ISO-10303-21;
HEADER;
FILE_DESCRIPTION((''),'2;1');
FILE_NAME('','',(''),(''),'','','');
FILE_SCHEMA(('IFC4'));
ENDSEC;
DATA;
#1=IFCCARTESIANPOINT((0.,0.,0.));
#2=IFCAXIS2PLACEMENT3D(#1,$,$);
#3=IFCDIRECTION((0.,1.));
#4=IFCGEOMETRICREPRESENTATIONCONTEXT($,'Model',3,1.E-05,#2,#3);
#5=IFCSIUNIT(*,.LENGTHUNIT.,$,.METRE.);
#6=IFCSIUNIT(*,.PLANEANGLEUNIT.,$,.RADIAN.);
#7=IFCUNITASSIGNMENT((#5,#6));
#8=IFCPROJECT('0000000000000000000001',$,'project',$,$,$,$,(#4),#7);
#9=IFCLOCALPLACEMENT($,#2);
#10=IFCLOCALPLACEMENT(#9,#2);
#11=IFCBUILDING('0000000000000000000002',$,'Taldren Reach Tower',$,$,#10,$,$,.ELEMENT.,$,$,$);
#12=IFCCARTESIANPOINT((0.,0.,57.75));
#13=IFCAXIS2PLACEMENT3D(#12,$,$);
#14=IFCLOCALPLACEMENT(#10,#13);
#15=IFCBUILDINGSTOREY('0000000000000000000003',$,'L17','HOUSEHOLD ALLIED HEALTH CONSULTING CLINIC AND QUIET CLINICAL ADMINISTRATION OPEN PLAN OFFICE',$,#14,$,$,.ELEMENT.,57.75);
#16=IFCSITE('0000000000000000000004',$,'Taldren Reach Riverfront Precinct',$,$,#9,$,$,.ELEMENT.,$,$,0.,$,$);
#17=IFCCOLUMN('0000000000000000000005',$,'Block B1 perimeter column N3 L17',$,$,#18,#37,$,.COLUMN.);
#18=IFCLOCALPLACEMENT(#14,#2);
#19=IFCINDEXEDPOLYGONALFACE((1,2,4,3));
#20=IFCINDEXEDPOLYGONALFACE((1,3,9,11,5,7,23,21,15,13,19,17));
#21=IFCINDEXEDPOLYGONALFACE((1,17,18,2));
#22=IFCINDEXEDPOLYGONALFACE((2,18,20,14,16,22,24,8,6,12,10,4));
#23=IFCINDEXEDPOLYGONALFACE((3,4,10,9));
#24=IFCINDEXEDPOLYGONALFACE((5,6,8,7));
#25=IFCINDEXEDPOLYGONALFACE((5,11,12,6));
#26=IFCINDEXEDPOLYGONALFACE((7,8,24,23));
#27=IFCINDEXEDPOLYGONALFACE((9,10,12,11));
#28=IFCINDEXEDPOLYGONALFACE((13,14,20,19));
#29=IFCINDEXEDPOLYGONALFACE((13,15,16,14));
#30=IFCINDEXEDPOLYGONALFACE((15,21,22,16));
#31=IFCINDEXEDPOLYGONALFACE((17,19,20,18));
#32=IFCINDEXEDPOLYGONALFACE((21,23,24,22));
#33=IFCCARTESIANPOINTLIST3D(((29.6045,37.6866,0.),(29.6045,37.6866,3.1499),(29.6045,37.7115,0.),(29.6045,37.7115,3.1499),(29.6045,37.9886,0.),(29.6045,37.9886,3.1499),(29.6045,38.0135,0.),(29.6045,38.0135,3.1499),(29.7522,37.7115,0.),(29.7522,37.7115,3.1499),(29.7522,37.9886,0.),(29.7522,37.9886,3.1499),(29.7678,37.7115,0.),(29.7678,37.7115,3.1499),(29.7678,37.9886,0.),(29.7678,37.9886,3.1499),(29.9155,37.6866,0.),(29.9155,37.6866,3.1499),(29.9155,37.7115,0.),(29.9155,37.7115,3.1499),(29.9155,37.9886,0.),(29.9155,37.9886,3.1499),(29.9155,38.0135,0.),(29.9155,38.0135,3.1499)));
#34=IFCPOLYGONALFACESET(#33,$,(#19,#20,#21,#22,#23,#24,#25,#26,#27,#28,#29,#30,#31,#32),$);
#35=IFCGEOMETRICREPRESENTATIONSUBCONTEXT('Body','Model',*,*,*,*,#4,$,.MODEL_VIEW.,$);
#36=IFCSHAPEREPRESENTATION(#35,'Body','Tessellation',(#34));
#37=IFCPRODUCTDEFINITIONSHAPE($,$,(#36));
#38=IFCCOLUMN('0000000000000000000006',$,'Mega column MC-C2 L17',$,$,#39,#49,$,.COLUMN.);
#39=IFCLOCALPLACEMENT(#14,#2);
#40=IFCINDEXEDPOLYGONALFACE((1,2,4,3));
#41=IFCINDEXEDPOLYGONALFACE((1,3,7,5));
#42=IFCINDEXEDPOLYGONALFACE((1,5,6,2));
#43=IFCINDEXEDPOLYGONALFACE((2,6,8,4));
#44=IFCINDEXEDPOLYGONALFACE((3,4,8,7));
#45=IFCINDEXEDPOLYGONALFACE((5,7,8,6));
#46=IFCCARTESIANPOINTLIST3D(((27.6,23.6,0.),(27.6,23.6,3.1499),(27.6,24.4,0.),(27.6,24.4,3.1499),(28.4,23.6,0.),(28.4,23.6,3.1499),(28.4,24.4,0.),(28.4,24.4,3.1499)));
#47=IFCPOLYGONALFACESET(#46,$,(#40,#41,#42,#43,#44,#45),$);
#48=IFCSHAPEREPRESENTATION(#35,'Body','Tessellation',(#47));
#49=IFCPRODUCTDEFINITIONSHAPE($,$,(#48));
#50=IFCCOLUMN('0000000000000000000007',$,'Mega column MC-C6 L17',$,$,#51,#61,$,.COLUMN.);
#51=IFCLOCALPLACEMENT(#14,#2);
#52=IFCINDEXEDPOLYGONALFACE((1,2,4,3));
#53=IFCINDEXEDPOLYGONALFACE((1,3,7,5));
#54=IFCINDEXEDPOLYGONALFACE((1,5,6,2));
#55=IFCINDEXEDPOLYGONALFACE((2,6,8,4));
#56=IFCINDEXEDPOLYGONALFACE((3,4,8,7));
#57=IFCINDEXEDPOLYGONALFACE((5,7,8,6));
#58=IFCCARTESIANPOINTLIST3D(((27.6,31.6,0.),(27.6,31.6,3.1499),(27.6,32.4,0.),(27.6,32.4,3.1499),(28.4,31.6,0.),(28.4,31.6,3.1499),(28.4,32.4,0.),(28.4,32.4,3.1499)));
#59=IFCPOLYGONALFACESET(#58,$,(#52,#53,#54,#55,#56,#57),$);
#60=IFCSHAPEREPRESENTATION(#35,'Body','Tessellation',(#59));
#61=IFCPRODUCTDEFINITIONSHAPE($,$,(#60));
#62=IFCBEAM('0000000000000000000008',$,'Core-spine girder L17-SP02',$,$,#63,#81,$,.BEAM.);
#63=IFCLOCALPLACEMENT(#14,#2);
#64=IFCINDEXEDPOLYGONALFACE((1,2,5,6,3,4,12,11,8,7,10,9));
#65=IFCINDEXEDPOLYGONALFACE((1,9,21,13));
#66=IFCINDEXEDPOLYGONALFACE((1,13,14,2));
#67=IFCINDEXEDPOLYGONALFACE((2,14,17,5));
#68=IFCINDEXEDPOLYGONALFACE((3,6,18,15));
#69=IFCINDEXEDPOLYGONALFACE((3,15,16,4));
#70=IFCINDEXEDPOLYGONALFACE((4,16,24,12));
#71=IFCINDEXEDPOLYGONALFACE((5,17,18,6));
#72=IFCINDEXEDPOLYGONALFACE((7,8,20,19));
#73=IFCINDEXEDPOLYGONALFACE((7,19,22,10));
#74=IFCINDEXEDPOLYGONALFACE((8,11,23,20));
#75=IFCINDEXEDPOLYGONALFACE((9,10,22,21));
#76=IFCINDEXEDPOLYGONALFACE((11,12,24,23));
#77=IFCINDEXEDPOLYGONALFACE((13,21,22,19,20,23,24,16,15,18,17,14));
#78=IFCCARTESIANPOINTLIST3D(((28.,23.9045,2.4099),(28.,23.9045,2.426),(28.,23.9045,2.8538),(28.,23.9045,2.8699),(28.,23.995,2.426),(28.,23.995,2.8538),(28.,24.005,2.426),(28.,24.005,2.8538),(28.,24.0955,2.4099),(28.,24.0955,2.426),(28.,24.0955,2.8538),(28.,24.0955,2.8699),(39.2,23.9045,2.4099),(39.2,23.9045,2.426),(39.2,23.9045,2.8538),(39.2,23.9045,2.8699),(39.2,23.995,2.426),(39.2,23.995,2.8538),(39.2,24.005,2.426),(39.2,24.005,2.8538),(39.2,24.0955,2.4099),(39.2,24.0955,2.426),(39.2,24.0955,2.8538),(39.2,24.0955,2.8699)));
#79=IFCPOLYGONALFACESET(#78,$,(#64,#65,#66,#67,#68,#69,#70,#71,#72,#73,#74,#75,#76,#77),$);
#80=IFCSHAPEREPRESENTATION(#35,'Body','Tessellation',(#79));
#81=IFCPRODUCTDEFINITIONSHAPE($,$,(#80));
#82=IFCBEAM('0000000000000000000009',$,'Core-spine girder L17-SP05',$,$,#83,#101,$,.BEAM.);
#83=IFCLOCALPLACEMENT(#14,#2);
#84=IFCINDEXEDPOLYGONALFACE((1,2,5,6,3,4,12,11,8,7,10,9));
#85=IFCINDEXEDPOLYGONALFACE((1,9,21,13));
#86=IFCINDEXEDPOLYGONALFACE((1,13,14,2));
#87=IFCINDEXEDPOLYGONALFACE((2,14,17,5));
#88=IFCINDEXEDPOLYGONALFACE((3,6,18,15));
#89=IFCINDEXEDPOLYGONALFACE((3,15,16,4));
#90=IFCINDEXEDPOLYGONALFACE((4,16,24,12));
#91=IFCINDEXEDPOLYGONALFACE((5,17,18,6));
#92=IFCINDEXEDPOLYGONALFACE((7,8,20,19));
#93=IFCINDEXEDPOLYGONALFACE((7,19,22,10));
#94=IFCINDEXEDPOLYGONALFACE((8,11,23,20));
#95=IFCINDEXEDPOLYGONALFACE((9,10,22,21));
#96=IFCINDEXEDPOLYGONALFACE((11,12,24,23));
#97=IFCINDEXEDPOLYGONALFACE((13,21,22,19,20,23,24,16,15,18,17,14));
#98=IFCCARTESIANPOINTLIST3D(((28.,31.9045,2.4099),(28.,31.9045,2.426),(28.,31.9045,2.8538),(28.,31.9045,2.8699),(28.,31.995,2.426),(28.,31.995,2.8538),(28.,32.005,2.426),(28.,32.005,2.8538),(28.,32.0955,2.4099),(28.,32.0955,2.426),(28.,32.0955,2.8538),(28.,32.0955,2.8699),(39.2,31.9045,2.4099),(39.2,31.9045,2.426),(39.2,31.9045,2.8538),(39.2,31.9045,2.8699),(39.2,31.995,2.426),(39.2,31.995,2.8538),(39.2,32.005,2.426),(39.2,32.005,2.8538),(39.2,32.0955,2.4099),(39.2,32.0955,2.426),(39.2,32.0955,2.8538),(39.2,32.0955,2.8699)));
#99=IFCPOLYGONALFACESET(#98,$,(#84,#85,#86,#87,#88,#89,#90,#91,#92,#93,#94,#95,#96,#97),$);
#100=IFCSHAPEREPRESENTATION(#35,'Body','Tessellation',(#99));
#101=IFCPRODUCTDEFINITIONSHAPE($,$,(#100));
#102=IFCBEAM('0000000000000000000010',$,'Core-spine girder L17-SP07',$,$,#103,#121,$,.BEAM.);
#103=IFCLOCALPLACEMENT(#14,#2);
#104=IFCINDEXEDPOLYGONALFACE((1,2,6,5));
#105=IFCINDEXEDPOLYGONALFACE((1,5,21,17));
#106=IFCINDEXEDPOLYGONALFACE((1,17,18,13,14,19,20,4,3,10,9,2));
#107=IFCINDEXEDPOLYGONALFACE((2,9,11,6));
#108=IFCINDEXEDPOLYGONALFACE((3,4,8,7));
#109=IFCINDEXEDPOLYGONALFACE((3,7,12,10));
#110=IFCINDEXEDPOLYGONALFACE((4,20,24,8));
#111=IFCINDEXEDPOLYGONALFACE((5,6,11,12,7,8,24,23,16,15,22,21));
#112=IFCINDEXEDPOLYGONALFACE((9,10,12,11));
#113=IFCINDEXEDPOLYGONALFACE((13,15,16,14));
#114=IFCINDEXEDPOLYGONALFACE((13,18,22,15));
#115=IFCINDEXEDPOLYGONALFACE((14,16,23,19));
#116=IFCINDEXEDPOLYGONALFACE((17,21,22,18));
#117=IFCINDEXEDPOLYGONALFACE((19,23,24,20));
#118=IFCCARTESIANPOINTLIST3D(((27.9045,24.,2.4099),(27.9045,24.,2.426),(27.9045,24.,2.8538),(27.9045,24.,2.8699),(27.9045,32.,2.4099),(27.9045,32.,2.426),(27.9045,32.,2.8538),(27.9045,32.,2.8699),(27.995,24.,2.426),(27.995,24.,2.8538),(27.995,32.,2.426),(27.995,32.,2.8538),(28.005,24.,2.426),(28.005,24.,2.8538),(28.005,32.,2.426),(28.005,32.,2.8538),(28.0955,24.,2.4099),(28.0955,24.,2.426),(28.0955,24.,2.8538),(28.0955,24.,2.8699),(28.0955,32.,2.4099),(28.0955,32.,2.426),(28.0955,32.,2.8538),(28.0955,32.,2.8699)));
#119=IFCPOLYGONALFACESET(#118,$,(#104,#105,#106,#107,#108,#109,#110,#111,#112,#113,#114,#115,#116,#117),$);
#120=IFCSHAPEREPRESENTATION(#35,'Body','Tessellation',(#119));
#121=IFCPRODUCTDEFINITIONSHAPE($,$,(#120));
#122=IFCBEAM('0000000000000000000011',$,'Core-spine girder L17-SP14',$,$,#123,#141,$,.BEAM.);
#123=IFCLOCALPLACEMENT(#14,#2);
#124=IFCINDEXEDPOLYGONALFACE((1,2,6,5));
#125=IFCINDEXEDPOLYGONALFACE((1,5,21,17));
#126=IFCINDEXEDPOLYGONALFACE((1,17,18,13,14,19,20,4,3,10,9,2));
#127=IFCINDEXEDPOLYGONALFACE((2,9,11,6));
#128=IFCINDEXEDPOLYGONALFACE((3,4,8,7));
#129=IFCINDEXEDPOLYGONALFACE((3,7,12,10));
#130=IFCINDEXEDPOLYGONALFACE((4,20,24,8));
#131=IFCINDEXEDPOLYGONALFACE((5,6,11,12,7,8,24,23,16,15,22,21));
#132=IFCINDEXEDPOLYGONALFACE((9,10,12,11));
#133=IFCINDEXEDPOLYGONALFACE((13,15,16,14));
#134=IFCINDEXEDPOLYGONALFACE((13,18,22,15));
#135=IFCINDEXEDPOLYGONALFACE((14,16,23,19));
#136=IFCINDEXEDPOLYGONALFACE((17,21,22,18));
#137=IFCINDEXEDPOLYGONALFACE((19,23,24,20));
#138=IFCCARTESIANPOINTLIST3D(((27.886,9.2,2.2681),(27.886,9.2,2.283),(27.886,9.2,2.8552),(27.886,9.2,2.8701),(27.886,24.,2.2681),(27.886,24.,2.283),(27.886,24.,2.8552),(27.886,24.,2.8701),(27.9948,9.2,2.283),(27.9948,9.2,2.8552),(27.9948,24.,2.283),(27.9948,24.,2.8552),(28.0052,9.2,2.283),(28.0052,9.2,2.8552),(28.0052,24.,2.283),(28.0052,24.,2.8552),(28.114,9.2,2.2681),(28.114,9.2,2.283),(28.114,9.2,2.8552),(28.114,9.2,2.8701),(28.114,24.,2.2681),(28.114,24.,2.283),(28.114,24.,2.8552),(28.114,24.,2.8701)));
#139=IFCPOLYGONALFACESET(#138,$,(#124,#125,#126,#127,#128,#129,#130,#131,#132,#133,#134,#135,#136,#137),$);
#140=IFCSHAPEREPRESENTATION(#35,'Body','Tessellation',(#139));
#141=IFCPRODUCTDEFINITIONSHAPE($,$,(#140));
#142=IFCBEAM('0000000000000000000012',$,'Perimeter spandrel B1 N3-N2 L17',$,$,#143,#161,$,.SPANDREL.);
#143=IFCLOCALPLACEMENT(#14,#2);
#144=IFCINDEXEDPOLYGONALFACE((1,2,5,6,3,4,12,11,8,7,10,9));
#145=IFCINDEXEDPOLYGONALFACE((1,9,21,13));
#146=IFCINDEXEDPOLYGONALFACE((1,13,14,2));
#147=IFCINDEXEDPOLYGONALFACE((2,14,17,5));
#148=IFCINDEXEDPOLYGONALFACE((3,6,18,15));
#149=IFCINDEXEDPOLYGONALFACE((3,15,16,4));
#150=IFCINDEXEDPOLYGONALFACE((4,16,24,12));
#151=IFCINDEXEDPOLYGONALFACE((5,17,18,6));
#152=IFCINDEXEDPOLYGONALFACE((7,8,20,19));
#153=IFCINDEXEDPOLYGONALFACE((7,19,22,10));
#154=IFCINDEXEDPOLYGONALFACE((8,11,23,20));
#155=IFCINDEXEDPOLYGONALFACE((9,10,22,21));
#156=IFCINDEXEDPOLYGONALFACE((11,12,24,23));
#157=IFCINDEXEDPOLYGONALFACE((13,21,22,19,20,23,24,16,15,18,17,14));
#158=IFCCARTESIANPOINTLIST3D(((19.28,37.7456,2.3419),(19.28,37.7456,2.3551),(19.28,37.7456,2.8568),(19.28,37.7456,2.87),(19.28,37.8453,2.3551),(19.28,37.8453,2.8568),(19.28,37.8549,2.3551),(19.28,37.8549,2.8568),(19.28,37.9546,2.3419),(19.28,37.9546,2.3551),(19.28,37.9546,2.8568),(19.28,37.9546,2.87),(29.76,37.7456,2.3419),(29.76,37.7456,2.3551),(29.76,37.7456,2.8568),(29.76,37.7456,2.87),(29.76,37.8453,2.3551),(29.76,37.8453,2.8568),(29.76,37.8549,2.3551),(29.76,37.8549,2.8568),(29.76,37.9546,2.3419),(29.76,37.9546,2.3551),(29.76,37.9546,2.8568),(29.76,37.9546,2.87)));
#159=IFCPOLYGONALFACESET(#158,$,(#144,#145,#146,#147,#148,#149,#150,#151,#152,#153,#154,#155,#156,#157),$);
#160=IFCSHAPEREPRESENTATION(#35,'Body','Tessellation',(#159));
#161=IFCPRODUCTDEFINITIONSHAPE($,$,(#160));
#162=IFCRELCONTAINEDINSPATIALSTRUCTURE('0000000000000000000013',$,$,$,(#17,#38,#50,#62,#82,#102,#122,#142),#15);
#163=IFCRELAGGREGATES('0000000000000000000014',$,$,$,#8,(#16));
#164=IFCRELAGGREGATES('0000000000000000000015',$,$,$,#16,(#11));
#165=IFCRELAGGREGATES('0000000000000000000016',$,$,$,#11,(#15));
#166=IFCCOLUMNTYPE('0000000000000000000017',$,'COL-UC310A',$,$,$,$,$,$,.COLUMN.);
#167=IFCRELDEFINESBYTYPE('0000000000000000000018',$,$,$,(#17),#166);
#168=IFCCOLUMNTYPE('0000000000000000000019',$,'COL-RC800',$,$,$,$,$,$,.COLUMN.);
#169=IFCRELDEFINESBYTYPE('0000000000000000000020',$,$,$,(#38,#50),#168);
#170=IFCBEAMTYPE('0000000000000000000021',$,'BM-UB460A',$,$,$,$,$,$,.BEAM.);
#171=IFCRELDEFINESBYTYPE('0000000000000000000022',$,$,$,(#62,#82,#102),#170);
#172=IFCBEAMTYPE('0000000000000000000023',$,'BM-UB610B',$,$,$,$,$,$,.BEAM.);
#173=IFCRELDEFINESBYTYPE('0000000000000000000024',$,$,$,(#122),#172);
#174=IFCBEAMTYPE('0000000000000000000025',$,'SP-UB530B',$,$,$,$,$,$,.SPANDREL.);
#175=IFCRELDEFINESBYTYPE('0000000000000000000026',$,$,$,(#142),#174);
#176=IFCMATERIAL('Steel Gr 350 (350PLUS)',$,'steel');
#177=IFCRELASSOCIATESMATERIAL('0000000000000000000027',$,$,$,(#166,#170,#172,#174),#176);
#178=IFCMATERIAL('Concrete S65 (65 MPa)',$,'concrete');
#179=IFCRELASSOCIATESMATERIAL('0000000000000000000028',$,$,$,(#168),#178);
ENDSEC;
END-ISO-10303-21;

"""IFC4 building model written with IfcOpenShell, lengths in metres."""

from ifc_helpers import new_model, si_unit, direction, frame, origin, origin_2d, place, context, subcontext, project, spatial, rectangle, i_section, extrude, source, transform, mapped, material, material_profile, profile_set, type_object, element, save


model = new_model("IFC4")

# Units and contexts
model_context = context("Model", 3, precision=1e-05, world=origin(), true_north=direction((0.0, 1.0)))
body_context = subcontext(model_context, "Body", "Model", "MODEL_VIEW")
ifc_project = project(units=[si_unit("LENGTHUNIT", "METRE"), si_unit("PLANEANGLEUNIT", "RADIAN")], contexts=[model_context])

# Site, building, storey
site_placement = place(None, origin())
site = spatial("IfcSite", under=ifc_project, at=site_placement, Name="Taldren Reach Riverfront Precinct", CompositionType="ELEMENT", RefElevation=0.0)
building_placement = place(site_placement, origin())
building = spatial("IfcBuilding", under=site, at=building_placement, Name="Taldren Reach Tower", CompositionType="ELEMENT")
storey_placement = place(building_placement, frame((0.0, 0.0, 57.75)))
storey = spatial("IfcBuildingStorey", under=building, at=storey_placement, Name="L17", Description="HOUSEHOLD ALLIED HEALTH CONSULTING CLINIC AND QUIET CLINICAL ADMINISTRATION OPEN PLAN OFFICE", CompositionType="ELEMENT", Elevation=57.75)

# Columns
ifc_material_1 = material(Name="Steel Gr 350 (350PLUS)", Category="steel")
ifc_material_profile_1 = material_profile(ifc_material_1, i_section(OverallWidth=0.311, OverallDepth=0.3269, WebThickness=0.0156, FlangeThickness=0.0249, at=origin_2d()), Name="310UC158")
ifc_profile_set_1 = profile_set([ifc_material_profile_1], Name="Steel Gr 350 (350PLUS)")
column_type_1 = type_object("IfcColumnType", Name="COL-UC310A", PredefinedType="COLUMN", material=ifc_profile_set_1)
shared_shape_1 = source(origin(), body_context, "Body", "SweptSolid", [
    extrude(i_section(OverallWidth=0.311, OverallDepth=0.3269, WebThickness=0.0156, FlangeThickness=0.0249, at=origin_2d()), origin(), (0.0, 0.0, 1.0), 3.1499),
])
column_placement = place(storey_placement, frame((29.76, 37.8501, 0.0), z_axis=(0.0, 0.0, 1.0), x_axis=(1.0, 0.0, 0.0)))
element("IfcColumn", 1, at=column_placement, inside=storey, type_object=column_type_1, Name="Block B1 perimeter column N3 L17", PredefinedType="COLUMN", context=body_context, shape_type="MappedRepresentation", body=[
    mapped(shared_shape_1, transform((0.0, 0.0, 0.0), scale=1.0)),
])
ifc_material_2 = material(Name="Concrete S65 (65 MPa)", Category="concrete")
ifc_material_profile_2 = material_profile(ifc_material_2, rectangle(XDim=0.8, YDim=0.8, at=origin_2d()), Name="RC-800x800")
ifc_profile_set_2 = profile_set([ifc_material_profile_2], Name="Concrete S65 (65 MPa)")
column_type_2 = type_object("IfcColumnType", Name="COL-RC800", PredefinedType="COLUMN", material=ifc_profile_set_2)
shared_shape_2 = source(origin(), body_context, "Body", "SweptSolid", [
    extrude(rectangle(XDim=0.8, YDim=0.8, at=origin_2d()), origin(), (0.0, 0.0, 1.0), 3.1499),
])
for number, where, z_axis, x_axis, name in (
    (2, (28.0, 24.0, 0.0), (0.0, 0.0, 1.0), (1.0, 0.0, 0.0), "Mega column MC-C2 L17"),
    (3, (28.0, 32.0, 0.0), (0.0, 0.0, 1.0), (1.0, 0.0, 0.0), "Mega column MC-C6 L17"),
):
    element("IfcColumn", number, at=place(storey_placement, frame(where, z_axis=z_axis, x_axis=x_axis)), inside=storey, type_object=column_type_2, Name=name, PredefinedType="COLUMN", context=body_context, shape_type="MappedRepresentation", body=[
        mapped(shared_shape_2, transform((0.0, 0.0, 0.0), scale=1.0)),
    ])

# Beams
ifc_material_profile_3 = material_profile(ifc_material_1, i_section(OverallWidth=0.1909, OverallDepth=0.46, WebThickness=0.01, FlangeThickness=0.0161, at=origin_2d()), Name="460UB82.1")
ifc_profile_set_3 = profile_set([ifc_material_profile_3], Name="Steel Gr 350 (350PLUS)")
beam_type_1 = type_object("IfcBeamType", Name="BM-UB460A", PredefinedType="BEAM", material=ifc_profile_set_3)
shared_shape_3 = source(origin(), body_context, "Body", "SweptSolid", [
    extrude(i_section(OverallWidth=0.1909, OverallDepth=0.46, WebThickness=0.01, FlangeThickness=0.0161, at=origin_2d()), origin(), (0.0, 0.0, 1.0), 11.2),
])
for number, where, z_axis, x_axis, name in (
    (4, (28.0, 24.0, 2.6399), (1.0, 0.0, 0.0), (0.0, 1.0, 0.0), "Core-spine girder L17-SP02"),
    (5, (28.0, 32.0, 2.6399), (1.0, 0.0, 0.0), (0.0, 1.0, 0.0), "Core-spine girder L17-SP05"),
):
    element("IfcBeam", number, at=place(storey_placement, frame(where, z_axis=z_axis, x_axis=x_axis)), inside=storey, type_object=beam_type_1, Name=name, PredefinedType="BEAM", context=body_context, shape_type="MappedRepresentation", body=[
        mapped(shared_shape_3, transform((0.0, 0.0, 0.0), scale=1.0)),
    ])
shared_shape_4 = source(origin(), body_context, "Body", "SweptSolid", [
    extrude(i_section(OverallWidth=0.1909, OverallDepth=0.46, WebThickness=0.01, FlangeThickness=0.0161, at=origin_2d()), origin(), (0.0, 0.0, 1.0), 8.0),
])
beam_1_placement = place(storey_placement, frame((28.0, 24.0, 2.6399), z_axis=(0.0, 1.0, 0.0), x_axis=(-1.0, 0.0, 0.0)))
element("IfcBeam", 6, at=beam_1_placement, inside=storey, type_object=beam_type_1, Name="Core-spine girder L17-SP07", PredefinedType="BEAM", context=body_context, shape_type="MappedRepresentation", body=[
    mapped(shared_shape_4, transform((0.0, 0.0, 0.0), scale=1.0)),
])
ifc_material_profile_4 = material_profile(ifc_material_1, i_section(OverallWidth=0.228, OverallDepth=0.6021, WebThickness=0.0105, FlangeThickness=0.0149, at=origin_2d()), Name="610UB101")
ifc_profile_set_4 = profile_set([ifc_material_profile_4], Name="Steel Gr 350 (350PLUS)")
beam_type_2 = type_object("IfcBeamType", Name="BM-UB610B", PredefinedType="BEAM", material=ifc_profile_set_4)
shared_shape_5 = source(origin(), body_context, "Body", "SweptSolid", [
    extrude(i_section(OverallWidth=0.228, OverallDepth=0.6021, WebThickness=0.0105, FlangeThickness=0.0149, at=origin_2d()), origin(), (0.0, 0.0, 1.0), 14.8),
])
beam_2_placement = place(storey_placement, frame((28.0, 24.0, 2.5691), z_axis=(0.0, -1.0, 0.0), x_axis=(1.0, 0.0, 0.0)))
element("IfcBeam", 7, at=beam_2_placement, inside=storey, type_object=beam_type_2, Name="Core-spine girder L17-SP14", PredefinedType="BEAM", context=body_context, shape_type="MappedRepresentation", body=[
    mapped(shared_shape_5, transform((0.0, 0.0, 0.0), scale=1.0)),
])
ifc_material_profile_5 = material_profile(ifc_material_1, i_section(OverallWidth=0.209, OverallDepth=0.5281, WebThickness=0.0095, FlangeThickness=0.0132, at=origin_2d()), Name="530UB82.0")
ifc_profile_set_5 = profile_set([ifc_material_profile_5], Name="Steel Gr 350 (350PLUS)")
beam_type_3 = type_object("IfcBeamType", Name="SP-UB530B", PredefinedType="SPANDREL", material=ifc_profile_set_5)
shared_shape_6 = source(origin(), body_context, "Body", "SweptSolid", [
    extrude(i_section(OverallWidth=0.209, OverallDepth=0.5281, WebThickness=0.0095, FlangeThickness=0.0132, at=origin_2d()), origin(), (0.0, 0.0, 1.0), 10.48),
])
beam_3_placement = place(storey_placement, frame((29.76, 37.8501, 2.606), z_axis=(-1.0, 0.0, 0.0), x_axis=(0.0, -1.0, 0.0)))
element("IfcBeam", 8, at=beam_3_placement, inside=storey, type_object=beam_type_3, Name="Perimeter spandrel B1 N3-N2 L17", PredefinedType="SPANDREL", context=body_context, shape_type="MappedRepresentation", body=[
    mapped(shared_shape_6, transform((0.0, 0.0, 0.0), scale=1.0)),
])

save(model, "model.ifc")
